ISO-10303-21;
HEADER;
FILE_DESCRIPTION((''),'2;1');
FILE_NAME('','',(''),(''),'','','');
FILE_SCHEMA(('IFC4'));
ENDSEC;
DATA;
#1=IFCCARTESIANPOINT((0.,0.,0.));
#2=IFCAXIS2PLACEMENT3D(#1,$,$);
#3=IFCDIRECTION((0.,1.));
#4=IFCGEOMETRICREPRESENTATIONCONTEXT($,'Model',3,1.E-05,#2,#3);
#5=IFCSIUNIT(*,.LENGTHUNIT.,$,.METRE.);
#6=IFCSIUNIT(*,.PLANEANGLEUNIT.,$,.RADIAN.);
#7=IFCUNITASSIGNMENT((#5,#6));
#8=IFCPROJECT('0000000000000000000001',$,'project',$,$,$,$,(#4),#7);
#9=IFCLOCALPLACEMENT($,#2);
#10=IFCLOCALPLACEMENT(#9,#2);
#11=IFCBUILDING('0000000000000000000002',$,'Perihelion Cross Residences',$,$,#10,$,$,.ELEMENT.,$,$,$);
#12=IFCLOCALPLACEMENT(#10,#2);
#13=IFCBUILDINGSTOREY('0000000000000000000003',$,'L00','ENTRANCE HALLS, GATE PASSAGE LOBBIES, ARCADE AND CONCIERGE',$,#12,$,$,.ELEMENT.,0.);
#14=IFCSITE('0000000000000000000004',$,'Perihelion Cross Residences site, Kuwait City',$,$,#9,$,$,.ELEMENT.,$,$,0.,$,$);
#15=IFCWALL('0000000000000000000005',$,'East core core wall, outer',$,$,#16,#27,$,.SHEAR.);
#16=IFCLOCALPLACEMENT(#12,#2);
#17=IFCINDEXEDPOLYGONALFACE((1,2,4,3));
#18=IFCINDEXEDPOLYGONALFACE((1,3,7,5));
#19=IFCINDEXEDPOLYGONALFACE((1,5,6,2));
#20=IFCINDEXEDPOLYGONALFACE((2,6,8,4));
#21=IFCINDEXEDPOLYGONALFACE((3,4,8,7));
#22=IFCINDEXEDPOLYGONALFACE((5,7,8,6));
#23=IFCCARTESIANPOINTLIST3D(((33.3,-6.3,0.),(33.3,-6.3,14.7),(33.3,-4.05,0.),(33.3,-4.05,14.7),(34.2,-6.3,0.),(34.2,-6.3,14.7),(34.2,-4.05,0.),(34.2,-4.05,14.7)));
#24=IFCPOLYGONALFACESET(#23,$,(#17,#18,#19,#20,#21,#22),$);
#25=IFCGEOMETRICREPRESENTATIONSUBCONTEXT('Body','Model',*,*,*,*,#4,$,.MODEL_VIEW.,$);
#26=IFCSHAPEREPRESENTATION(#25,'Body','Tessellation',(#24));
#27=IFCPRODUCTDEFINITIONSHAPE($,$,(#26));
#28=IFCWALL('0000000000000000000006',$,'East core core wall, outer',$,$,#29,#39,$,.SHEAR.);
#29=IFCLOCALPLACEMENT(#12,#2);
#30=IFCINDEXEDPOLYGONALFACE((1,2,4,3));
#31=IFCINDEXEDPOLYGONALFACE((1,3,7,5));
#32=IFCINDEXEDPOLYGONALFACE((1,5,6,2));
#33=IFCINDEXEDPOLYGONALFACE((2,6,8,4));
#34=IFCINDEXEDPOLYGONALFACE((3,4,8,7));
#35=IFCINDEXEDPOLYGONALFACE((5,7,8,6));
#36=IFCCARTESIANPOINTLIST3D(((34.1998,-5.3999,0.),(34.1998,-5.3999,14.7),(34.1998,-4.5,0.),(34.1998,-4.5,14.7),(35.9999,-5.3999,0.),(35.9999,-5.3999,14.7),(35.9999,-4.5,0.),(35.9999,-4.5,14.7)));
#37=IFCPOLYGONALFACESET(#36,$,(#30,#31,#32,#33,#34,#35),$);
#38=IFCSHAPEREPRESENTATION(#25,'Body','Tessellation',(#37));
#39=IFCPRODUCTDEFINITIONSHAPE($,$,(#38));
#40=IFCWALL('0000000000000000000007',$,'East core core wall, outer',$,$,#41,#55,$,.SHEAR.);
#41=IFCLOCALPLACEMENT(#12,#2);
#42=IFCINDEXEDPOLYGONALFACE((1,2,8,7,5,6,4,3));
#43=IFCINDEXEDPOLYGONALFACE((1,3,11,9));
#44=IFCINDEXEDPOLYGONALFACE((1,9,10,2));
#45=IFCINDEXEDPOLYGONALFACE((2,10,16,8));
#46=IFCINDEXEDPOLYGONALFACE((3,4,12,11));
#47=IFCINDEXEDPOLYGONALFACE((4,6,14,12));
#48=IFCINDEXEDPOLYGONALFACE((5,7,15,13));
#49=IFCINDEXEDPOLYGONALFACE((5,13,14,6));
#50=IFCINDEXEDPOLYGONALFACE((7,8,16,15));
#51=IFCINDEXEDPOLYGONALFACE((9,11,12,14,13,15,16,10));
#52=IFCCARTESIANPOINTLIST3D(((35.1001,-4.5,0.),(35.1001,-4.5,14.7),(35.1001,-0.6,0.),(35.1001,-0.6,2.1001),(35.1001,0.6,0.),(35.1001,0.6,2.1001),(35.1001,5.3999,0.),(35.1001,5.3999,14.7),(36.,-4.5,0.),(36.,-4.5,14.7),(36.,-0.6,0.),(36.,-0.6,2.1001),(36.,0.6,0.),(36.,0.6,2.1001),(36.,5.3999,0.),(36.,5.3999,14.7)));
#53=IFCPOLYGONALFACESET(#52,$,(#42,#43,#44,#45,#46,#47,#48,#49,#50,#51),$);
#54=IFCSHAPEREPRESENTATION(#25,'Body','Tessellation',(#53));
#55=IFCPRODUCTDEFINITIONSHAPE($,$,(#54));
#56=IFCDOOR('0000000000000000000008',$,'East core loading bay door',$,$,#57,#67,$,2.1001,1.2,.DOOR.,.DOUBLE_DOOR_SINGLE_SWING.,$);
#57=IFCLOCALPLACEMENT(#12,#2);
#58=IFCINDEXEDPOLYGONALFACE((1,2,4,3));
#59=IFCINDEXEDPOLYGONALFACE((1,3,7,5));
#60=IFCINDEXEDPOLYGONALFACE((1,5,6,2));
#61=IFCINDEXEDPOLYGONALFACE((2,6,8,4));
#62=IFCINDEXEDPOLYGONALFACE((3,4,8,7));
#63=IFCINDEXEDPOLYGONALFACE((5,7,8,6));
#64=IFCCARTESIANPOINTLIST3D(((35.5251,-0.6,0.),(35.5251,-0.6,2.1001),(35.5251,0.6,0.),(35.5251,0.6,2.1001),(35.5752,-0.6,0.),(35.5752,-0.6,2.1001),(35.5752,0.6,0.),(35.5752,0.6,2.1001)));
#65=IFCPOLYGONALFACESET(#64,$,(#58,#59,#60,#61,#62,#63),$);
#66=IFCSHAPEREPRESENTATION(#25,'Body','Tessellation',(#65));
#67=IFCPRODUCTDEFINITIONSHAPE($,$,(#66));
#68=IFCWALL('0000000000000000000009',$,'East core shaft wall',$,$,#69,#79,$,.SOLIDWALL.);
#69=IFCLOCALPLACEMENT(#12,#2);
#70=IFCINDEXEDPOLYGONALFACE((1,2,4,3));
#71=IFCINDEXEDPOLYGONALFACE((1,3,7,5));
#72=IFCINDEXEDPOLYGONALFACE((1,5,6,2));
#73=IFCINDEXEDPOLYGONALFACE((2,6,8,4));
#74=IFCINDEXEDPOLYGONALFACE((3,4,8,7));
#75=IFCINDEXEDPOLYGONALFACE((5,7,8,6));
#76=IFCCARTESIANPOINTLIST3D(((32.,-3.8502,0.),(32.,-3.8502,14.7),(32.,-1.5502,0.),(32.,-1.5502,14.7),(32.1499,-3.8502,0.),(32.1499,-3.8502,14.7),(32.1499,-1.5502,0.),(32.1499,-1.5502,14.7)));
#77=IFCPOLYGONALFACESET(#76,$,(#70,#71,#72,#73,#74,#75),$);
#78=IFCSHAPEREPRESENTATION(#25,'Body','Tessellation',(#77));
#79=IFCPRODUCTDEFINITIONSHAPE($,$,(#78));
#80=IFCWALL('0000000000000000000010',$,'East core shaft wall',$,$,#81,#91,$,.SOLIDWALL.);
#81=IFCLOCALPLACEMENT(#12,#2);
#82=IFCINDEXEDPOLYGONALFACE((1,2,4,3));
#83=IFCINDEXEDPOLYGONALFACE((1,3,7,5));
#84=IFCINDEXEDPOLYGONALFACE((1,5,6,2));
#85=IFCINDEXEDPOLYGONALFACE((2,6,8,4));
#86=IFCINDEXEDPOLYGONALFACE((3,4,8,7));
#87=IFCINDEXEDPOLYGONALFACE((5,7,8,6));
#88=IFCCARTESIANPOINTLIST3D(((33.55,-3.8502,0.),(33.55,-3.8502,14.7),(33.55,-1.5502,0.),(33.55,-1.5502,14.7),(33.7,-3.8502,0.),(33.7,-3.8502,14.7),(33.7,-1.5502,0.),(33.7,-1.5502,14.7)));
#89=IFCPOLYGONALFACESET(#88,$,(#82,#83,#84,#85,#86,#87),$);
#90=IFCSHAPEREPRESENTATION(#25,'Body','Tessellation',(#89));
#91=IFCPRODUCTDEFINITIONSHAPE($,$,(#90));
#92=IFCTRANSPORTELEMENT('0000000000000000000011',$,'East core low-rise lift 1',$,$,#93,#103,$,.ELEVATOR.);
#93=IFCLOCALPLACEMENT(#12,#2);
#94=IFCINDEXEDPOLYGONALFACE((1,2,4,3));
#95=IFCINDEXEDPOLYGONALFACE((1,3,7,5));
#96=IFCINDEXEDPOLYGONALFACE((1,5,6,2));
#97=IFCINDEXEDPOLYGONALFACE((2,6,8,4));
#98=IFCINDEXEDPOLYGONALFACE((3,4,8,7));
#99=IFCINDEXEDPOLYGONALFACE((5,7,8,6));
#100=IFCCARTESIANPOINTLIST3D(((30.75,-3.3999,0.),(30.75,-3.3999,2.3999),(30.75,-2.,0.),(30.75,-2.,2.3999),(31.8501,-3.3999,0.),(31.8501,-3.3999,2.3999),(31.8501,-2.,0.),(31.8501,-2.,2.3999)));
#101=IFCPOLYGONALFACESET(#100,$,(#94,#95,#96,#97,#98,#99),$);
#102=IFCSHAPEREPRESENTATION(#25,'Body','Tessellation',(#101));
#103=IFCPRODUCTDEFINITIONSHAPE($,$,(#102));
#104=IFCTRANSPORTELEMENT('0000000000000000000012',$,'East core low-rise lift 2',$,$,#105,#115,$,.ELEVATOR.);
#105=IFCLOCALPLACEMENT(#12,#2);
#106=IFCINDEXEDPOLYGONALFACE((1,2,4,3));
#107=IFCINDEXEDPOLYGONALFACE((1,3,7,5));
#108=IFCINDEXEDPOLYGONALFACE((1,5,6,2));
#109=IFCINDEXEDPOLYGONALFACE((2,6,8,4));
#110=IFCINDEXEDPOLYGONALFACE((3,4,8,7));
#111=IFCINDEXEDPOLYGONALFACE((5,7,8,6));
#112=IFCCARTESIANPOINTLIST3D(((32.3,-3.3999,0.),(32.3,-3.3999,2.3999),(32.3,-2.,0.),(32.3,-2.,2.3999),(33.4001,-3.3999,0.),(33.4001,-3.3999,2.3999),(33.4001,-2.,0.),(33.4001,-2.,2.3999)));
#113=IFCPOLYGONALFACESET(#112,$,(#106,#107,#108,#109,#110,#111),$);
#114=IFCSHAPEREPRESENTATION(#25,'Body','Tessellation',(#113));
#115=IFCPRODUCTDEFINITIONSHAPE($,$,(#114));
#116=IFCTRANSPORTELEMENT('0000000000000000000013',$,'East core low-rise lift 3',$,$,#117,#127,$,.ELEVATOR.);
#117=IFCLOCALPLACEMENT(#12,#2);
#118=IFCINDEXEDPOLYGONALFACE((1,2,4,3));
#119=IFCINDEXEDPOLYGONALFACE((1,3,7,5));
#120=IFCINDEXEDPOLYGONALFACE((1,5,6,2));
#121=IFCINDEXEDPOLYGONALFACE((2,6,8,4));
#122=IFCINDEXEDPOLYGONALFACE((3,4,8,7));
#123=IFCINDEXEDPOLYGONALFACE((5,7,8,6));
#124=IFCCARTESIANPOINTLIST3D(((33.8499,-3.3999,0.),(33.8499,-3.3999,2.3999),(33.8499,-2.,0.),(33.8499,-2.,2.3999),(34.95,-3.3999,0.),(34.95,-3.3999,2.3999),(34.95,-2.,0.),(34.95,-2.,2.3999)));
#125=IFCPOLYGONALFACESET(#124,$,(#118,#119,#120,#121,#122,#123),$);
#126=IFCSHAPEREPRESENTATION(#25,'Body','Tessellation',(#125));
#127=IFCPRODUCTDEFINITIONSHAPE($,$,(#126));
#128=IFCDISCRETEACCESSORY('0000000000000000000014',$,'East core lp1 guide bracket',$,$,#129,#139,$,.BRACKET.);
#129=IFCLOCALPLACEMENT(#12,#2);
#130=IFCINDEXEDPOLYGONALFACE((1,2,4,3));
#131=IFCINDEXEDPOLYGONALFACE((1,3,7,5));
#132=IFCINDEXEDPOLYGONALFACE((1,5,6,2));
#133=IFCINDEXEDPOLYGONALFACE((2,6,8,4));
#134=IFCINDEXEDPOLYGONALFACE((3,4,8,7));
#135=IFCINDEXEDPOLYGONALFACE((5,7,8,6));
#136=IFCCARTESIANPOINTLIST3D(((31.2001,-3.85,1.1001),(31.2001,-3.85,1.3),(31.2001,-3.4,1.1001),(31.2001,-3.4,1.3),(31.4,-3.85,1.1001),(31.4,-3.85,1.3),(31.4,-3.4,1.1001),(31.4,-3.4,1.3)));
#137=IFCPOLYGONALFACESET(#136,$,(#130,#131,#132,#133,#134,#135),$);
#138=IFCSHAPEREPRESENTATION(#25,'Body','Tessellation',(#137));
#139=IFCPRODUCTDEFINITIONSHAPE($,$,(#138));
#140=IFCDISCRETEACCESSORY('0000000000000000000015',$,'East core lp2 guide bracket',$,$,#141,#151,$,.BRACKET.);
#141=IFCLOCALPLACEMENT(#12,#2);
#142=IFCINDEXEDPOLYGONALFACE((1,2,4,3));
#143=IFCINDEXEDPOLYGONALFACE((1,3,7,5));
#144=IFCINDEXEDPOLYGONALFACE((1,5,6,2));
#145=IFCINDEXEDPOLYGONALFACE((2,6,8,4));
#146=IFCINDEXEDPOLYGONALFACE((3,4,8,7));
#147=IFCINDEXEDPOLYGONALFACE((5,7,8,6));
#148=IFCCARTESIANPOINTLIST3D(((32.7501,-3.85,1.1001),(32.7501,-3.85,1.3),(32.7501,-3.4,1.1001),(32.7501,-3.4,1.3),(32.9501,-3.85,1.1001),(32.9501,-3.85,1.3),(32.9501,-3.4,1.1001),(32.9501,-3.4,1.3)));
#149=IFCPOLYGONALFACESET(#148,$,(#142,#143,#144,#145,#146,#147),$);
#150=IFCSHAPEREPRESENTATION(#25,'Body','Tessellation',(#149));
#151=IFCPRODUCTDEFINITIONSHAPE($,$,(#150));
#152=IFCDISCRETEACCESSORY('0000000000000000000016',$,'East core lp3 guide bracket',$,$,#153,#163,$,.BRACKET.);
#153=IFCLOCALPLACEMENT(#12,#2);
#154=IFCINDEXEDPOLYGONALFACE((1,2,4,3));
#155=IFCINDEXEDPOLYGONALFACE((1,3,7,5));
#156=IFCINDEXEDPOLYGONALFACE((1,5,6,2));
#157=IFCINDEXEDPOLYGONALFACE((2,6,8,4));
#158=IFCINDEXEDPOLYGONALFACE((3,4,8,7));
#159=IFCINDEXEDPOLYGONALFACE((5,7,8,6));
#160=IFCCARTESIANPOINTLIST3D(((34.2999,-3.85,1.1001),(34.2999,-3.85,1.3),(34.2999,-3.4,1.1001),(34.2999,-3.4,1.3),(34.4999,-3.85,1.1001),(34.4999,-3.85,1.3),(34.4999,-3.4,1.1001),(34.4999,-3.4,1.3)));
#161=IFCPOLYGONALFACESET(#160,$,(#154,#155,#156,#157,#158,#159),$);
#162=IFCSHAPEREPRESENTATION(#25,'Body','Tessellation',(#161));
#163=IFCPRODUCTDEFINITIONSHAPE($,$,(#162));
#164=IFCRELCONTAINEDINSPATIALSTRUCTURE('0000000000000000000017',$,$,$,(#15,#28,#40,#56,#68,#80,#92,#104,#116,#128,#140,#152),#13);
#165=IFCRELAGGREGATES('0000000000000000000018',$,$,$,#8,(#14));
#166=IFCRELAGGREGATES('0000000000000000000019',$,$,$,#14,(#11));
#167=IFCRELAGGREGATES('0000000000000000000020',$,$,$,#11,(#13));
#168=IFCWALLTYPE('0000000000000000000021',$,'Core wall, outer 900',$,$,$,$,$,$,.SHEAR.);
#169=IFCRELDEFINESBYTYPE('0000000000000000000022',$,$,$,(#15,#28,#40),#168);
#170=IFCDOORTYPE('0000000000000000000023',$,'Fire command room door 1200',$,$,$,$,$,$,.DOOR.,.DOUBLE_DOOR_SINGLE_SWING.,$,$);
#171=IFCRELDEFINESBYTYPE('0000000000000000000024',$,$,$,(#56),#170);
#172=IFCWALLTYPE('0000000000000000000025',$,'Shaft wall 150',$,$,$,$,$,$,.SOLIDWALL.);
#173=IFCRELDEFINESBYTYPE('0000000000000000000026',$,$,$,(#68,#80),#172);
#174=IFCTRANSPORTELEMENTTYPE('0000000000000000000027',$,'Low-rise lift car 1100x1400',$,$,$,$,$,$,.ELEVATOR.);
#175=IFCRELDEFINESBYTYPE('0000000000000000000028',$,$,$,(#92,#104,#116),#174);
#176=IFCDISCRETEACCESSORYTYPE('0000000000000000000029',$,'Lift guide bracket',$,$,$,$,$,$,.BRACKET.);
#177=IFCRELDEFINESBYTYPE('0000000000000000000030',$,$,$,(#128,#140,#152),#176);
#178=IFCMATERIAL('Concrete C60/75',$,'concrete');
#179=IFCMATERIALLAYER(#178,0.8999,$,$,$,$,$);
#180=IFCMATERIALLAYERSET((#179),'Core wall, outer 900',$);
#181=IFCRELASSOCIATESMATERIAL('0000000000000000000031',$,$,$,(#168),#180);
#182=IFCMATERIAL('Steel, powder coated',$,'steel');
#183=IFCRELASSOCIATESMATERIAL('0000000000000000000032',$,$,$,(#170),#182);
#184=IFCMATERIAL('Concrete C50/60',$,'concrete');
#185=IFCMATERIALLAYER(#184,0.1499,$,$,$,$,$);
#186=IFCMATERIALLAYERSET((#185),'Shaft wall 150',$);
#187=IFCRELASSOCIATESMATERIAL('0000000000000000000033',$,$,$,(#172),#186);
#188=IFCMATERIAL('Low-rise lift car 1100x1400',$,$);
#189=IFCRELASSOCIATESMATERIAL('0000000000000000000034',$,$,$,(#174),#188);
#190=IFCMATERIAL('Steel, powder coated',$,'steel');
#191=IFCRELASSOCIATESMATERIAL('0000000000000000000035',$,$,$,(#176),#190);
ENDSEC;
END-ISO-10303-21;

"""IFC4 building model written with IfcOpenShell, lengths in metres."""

from ifc_helpers import new_model, si_unit, direction, frame, frame_2d, origin, origin_2d, place, context, subcontext, project, spatial, rectangle, extrude, material, layer, layer_set, type_object, element, fill, save


model = new_model("IFC4")

# Units and contexts
model_context = context("Model", 3, precision=1e-05, world=origin(), true_north=direction((0.0, 1.0)))
body_context = subcontext(model_context, "Body", "Model", "MODEL_VIEW")
ifc_project = project(units=[si_unit("LENGTHUNIT", "METRE"), si_unit("PLANEANGLEUNIT", "RADIAN")], contexts=[model_context])

# Site, building, storey
site_placement = place(None, origin())
site = spatial("IfcSite", under=ifc_project, at=site_placement, Name="Perihelion Cross Residences site, Kuwait City", CompositionType="ELEMENT", RefElevation=0.0)
building_placement = place(site_placement, origin())
building = spatial("IfcBuilding", under=site, at=building_placement, Name="Perihelion Cross Residences", CompositionType="ELEMENT")
storey_placement = place(building_placement, origin())
storey = spatial("IfcBuildingStorey", under=building, at=storey_placement, Name="L00", Description="ENTRANCE HALLS, GATE PASSAGE LOBBIES, ARCADE AND CONCIERGE", CompositionType="ELEMENT", Elevation=0.0)

# Walls
ifc_material_1 = material(Name="Concrete C60/75", Category="concrete")
ifc_layer_1 = layer(ifc_material_1, 0.8999)
ifc_layer_set_1 = layer_set([ifc_layer_1], Name="Core wall, outer 900")
wall_type_1 = type_object("IfcWallType", Name="Core wall, outer 900", PredefinedType="SHEAR", material=ifc_layer_set_1)
wall_1_placement = place(storey_placement, frame((33.75, -6.3, 0.0), z_axis=(0.0, 0.0, 1.0), x_axis=(0.0, 1.0, 0.0)))
element("IfcWall", 1, at=wall_1_placement, inside=storey, type_object=wall_type_1, Name="East core core wall, outer", PredefinedType="SHEAR", context=body_context, shape_type="SweptSolid", body=[
    extrude(rectangle(XDim=2.25, YDim=0.8999, at=frame_2d((1.125, 0.0))), origin(), (0.0, 0.0, 1.0), 14.7),
])
wall_2_placement = place(storey_placement, frame((34.2, -4.95, 0.0), z_axis=(0.0, 0.0, 1.0), x_axis=(1.0, 0.0, 0.0)))
element("IfcWall", 2, at=wall_2_placement, inside=storey, type_object=wall_type_1, Name="East core core wall, outer", PredefinedType="SHEAR", context=body_context, shape_type="SweptSolid", body=[
    extrude(rectangle(XDim=1.8, YDim=0.8999, at=frame_2d((0.8999, 0.0))), origin(), (0.0, 0.0, 1.0), 14.7),
])

# Wall, opening, door
wall_3_placement = place(storey_placement, frame((35.55, -4.5, 0.0), z_axis=(0.0, 0.0, 1.0), x_axis=(0.0, 1.0, 0.0)))
wall_3 = element("IfcWall", 3, at=wall_3_placement, inside=storey, type_object=wall_type_1, Name="East core core wall, outer", PredefinedType="SHEAR", context=body_context, shape_type="SweptSolid", body=[
    extrude(rectangle(XDim=9.8999, YDim=0.8999, at=frame_2d((4.95, 0.0))), origin(), (0.0, 0.0, 1.0), 14.7),
])
opening_placement = place(wall_3_placement, frame((3.8999, 0.0, 0.0)))
opening = element("IfcOpeningElement", 4, at=opening_placement, cuts=wall_3, PredefinedType="OPENING", context=body_context, shape_type="SweptSolid", body=[
    extrude(rectangle(XDim=1.2, YDim=2.1001, at=frame_2d((0.6001, 1.05))), frame((0.0, 0.46, 0.0), z_axis=(0.0, -1.0, 0.0), x_axis=(1.0, 0.0, 0.0)), (0.0, 0.0, 1.0), 0.9199),
])
ifc_material_2 = material(Name="Steel, powder coated", Category="steel")
door_type = type_object("IfcDoorType", Name="Fire command room door 1200", OperationType="DOUBLE_DOOR_SINGLE_SWING", PredefinedType="DOOR", material=ifc_material_2)
door_placement = place(opening_placement, origin())
door = element("IfcDoor", 5, at=door_placement, inside=storey, type_object=door_type, Name="East core loading bay door", OperationType="DOUBLE_DOOR_SINGLE_SWING", OverallHeight=2.1001, OverallWidth=1.2, PredefinedType="DOOR", context=body_context, shape_type="SweptSolid", body=[
    extrude(rectangle(XDim=1.2, YDim=2.1001, at=frame_2d((0.6001, 1.05))), frame((0.0, 0.0249, 0.0), z_axis=(0.0, -1.0, 0.0), x_axis=(1.0, 0.0, 0.0)), (0.0, 0.0, 1.0), 0.05),
])
fill(opening, door)

# Walls
ifc_material_3 = material(Name="Concrete C50/60", Category="concrete")
ifc_layer_2 = layer(ifc_material_3, 0.1499)
ifc_layer_set_2 = layer_set([ifc_layer_2], Name="Shaft wall 150")
wall_type_2 = type_object("IfcWallType", Name="Shaft wall 150", PredefinedType="SOLIDWALL", material=ifc_layer_set_2)
for number, where, z_axis, x_axis, name in (
    (6, (32.075, -3.8501, 0.0), (0.0, 0.0, 1.0), (0.0, 1.0, 0.0), "East core shaft wall"),
    (7, (33.625, -3.8501, 0.0), (0.0, 0.0, 1.0), (0.0, 1.0, 0.0), "East core shaft wall"),
):
    element("IfcWall", number, at=place(storey_placement, frame(where, z_axis=z_axis, x_axis=x_axis)), inside=storey, type_object=wall_type_2, Name=name, PredefinedType="SOLIDWALL", context=body_context, shape_type="SweptSolid", body=[
        extrude(rectangle(XDim=2.3, YDim=0.1499, at=frame_2d((1.1499, 0.0))), origin(), (0.0, 0.0, 1.0), 14.7),
    ])

# Transport elements
ifc_material_4 = material(Name="Low-rise lift car 1100x1400")
transport_element_type = type_object("IfcTransportElementType", Name="Low-rise lift car 1100x1400", PredefinedType="ELEVATOR", material=ifc_material_4)
for number, where, z_axis, x_axis, name in (
    (8, (31.3, -2.7, 0.0), (0.0, 0.0, 1.0), (1.0, 0.0, 0.0), "East core low-rise lift 1"),
    (9, (32.8501, -2.7, 0.0), (0.0, 0.0, 1.0), (1.0, 0.0, 0.0), "East core low-rise lift 2"),
    (10, (34.3999, -2.7, 0.0), (0.0, 0.0, 1.0), (1.0, 0.0, 0.0), "East core low-rise lift 3"),
):
    element("IfcTransportElement", number, at=place(storey_placement, frame(where, z_axis=z_axis, x_axis=x_axis)), inside=storey, type_object=transport_element_type, Name=name, PredefinedType="ELEVATOR", context=body_context, shape_type="SweptSolid", body=[
        extrude(rectangle(XDim=1.1001, YDim=1.3999, at=origin_2d()), origin(), (0.0, 0.0, 1.0), 2.3999),
    ])

# Discrete accessories
ifc_material_5 = material(Name="Steel, powder coated", Category="steel")
discrete_accessory_type = type_object("IfcDiscreteAccessoryType", Name="Lift guide bracket", PredefinedType="BRACKET", material=ifc_material_5)
for number, where, z_axis, x_axis, name in (
    (11, (31.3, -3.625, 1.1001), (0.0, 0.0, 1.0), (1.0, 0.0, 0.0), "East core lp1 guide bracket"),
    (12, (32.8501, -3.625, 1.1001), (0.0, 0.0, 1.0), (1.0, 0.0, 0.0), "East core lp2 guide bracket"),
    (13, (34.3999, -3.625, 1.1001), (0.0, 0.0, 1.0), (1.0, 0.0, 0.0), "East core lp3 guide bracket"),
):
    element("IfcDiscreteAccessory", number, at=place(storey_placement, frame(where, z_axis=z_axis, x_axis=x_axis)), inside=storey, type_object=discrete_accessory_type, Name=name, PredefinedType="BRACKET", context=body_context, shape_type="SweptSolid", body=[
        extrude(rectangle(XDim=0.2, YDim=0.45, at=origin_2d()), origin(), (0.0, 0.0, 1.0), 0.2),
    ])

save(model, "model.ifc")
